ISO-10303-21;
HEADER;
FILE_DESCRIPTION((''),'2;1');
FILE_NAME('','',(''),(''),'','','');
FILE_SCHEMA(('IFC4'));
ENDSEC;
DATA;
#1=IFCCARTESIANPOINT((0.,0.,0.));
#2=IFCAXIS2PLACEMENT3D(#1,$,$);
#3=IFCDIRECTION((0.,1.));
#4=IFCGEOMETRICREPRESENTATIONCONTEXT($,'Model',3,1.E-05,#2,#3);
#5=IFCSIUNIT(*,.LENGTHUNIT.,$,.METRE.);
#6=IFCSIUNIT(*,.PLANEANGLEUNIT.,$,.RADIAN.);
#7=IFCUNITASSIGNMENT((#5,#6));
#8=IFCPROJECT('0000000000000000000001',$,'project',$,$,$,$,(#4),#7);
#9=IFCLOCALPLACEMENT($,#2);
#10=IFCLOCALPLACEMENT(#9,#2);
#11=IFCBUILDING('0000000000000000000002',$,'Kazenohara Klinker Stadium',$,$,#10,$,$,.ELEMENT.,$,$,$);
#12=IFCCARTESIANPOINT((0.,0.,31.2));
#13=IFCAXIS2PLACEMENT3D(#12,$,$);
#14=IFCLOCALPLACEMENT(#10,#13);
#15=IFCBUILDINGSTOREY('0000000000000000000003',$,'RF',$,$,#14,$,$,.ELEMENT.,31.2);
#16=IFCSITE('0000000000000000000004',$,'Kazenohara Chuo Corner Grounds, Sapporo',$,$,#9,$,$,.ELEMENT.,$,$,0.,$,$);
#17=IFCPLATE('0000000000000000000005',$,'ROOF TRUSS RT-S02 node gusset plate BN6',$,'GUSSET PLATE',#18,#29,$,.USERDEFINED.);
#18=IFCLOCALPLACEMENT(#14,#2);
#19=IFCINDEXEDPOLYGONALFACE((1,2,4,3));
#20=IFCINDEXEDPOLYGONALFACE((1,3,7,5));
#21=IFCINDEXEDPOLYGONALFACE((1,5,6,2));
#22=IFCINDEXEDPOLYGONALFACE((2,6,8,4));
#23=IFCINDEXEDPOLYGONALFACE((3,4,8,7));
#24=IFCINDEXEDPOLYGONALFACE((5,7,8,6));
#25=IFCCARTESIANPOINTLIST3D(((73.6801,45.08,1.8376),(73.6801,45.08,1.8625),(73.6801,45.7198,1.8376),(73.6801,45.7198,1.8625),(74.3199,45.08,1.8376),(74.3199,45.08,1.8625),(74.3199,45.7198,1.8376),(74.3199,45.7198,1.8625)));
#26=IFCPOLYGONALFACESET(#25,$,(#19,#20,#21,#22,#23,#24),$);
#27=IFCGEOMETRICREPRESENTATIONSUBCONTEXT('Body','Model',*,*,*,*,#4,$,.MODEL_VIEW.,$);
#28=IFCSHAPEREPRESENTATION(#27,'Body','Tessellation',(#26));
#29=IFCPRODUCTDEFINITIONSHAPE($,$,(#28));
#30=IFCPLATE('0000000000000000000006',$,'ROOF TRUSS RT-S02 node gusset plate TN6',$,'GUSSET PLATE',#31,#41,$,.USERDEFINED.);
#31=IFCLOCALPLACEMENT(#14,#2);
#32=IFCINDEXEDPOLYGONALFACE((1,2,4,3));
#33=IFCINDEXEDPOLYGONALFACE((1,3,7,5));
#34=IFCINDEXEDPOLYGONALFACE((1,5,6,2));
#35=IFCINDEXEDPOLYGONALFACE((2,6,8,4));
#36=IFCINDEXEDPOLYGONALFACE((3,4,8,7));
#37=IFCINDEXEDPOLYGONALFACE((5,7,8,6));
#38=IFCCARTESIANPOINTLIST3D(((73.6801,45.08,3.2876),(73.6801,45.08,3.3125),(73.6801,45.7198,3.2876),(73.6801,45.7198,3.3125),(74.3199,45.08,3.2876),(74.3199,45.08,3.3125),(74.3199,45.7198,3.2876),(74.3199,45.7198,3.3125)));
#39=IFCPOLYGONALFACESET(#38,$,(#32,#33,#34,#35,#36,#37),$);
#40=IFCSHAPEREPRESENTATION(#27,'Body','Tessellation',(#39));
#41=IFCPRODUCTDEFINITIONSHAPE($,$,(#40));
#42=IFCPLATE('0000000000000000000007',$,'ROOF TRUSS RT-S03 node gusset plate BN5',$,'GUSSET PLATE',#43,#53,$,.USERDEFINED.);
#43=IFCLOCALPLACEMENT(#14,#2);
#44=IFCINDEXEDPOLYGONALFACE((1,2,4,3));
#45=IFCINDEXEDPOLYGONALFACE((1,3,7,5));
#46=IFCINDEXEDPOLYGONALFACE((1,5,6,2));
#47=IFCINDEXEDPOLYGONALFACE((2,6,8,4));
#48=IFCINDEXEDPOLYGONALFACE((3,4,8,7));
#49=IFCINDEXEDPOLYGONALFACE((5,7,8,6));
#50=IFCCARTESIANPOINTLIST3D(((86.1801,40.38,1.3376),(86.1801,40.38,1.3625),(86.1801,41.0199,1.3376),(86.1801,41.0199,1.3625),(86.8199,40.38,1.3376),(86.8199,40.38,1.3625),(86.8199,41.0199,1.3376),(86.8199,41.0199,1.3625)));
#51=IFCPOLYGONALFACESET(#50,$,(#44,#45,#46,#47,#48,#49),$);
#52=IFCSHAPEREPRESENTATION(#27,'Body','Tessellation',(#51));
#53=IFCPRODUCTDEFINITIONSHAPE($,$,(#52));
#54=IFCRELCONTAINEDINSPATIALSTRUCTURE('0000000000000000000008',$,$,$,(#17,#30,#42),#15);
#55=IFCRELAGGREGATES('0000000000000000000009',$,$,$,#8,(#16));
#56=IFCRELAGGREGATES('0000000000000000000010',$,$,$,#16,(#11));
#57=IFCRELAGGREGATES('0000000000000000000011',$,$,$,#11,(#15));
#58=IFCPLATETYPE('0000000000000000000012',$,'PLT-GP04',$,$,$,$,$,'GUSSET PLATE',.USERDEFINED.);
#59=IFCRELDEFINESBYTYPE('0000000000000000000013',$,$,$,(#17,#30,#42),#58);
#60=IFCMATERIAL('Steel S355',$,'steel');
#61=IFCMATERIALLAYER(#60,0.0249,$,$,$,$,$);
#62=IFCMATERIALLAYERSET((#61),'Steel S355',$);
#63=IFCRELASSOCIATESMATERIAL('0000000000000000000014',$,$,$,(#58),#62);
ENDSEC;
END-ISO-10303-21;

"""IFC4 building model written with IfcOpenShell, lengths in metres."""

from ifc_helpers import new_model, si_unit, direction, frame, origin, origin_2d, place, context, subcontext, project, spatial, rectangle, extrude, material, layer, layer_set, type_object, element, save


model = new_model("IFC4")

# Units and contexts
model_context = context("Model", 3, precision=1e-05, world=origin(), true_north=direction((0.0, 1.0)))
body_context = subcontext(model_context, "Body", "Model", "MODEL_VIEW")
ifc_project = project(units=[si_unit("LENGTHUNIT", "METRE"), si_unit("PLANEANGLEUNIT", "RADIAN")], contexts=[model_context])

# Site, building, storey
site_placement = place(None, origin())
site = spatial("IfcSite", under=ifc_project, at=site_placement, Name="Kazenohara Chuo Corner Grounds, Sapporo", CompositionType="ELEMENT", RefElevation=0.0)
building_placement = place(site_placement, origin())
building = spatial("IfcBuilding", under=site, at=building_placement, Name="Kazenohara Klinker Stadium", CompositionType="ELEMENT")
storey_placement = place(building_placement, frame((0.0, 0.0, 31.2)))
storey = spatial("IfcBuildingStorey", under=building, at=storey_placement, Name="RF", CompositionType="ELEMENT", Elevation=31.2)

# Shared definitions
ifc_material = material(Name="Steel S355", Category="steel")

# Plates
ifc_layer_1 = layer(ifc_material, 0.0249)
ifc_layer_set_1 = layer_set([ifc_layer_1], Name="Steel S355")
plate_type_1 = type_object("IfcPlateType", Name="PLT-GP04", ElementType="GUSSET PLATE", PredefinedType="USERDEFINED", material=ifc_layer_set_1)
for number, where, z_axis, x_axis, name in (
    (1, (74.0, 45.3999, 1.8376), (0.0, 0.0, 1.0), (1.0, 0.0, 0.0), "ROOF TRUSS RT-S02 node gusset plate BN6"),
    (2, (74.0, 45.3999, 3.2876), (0.0, 0.0, 1.0), (1.0, 0.0, 0.0), "ROOF TRUSS RT-S02 node gusset plate TN6"),
    (3, (86.5, 40.7, 1.3376), (0.0, 0.0, 1.0), (1.0, 0.0, 0.0), "ROOF TRUSS RT-S03 node gusset plate BN5"),
):
    element("IfcPlate", number, at=place(storey_placement, frame(where, z_axis=z_axis, x_axis=x_axis)), inside=storey, type_object=plate_type_1, Name=name, ObjectType="GUSSET PLATE", PredefinedType="USERDEFINED", context=body_context, shape_type="SweptSolid", body=[
        extrude(rectangle(XDim=0.6399, YDim=0.6399, at=origin_2d()), origin(), (0.0, 0.0, 1.0), 0.0249),
    ])

save(model, "model.ifc")
